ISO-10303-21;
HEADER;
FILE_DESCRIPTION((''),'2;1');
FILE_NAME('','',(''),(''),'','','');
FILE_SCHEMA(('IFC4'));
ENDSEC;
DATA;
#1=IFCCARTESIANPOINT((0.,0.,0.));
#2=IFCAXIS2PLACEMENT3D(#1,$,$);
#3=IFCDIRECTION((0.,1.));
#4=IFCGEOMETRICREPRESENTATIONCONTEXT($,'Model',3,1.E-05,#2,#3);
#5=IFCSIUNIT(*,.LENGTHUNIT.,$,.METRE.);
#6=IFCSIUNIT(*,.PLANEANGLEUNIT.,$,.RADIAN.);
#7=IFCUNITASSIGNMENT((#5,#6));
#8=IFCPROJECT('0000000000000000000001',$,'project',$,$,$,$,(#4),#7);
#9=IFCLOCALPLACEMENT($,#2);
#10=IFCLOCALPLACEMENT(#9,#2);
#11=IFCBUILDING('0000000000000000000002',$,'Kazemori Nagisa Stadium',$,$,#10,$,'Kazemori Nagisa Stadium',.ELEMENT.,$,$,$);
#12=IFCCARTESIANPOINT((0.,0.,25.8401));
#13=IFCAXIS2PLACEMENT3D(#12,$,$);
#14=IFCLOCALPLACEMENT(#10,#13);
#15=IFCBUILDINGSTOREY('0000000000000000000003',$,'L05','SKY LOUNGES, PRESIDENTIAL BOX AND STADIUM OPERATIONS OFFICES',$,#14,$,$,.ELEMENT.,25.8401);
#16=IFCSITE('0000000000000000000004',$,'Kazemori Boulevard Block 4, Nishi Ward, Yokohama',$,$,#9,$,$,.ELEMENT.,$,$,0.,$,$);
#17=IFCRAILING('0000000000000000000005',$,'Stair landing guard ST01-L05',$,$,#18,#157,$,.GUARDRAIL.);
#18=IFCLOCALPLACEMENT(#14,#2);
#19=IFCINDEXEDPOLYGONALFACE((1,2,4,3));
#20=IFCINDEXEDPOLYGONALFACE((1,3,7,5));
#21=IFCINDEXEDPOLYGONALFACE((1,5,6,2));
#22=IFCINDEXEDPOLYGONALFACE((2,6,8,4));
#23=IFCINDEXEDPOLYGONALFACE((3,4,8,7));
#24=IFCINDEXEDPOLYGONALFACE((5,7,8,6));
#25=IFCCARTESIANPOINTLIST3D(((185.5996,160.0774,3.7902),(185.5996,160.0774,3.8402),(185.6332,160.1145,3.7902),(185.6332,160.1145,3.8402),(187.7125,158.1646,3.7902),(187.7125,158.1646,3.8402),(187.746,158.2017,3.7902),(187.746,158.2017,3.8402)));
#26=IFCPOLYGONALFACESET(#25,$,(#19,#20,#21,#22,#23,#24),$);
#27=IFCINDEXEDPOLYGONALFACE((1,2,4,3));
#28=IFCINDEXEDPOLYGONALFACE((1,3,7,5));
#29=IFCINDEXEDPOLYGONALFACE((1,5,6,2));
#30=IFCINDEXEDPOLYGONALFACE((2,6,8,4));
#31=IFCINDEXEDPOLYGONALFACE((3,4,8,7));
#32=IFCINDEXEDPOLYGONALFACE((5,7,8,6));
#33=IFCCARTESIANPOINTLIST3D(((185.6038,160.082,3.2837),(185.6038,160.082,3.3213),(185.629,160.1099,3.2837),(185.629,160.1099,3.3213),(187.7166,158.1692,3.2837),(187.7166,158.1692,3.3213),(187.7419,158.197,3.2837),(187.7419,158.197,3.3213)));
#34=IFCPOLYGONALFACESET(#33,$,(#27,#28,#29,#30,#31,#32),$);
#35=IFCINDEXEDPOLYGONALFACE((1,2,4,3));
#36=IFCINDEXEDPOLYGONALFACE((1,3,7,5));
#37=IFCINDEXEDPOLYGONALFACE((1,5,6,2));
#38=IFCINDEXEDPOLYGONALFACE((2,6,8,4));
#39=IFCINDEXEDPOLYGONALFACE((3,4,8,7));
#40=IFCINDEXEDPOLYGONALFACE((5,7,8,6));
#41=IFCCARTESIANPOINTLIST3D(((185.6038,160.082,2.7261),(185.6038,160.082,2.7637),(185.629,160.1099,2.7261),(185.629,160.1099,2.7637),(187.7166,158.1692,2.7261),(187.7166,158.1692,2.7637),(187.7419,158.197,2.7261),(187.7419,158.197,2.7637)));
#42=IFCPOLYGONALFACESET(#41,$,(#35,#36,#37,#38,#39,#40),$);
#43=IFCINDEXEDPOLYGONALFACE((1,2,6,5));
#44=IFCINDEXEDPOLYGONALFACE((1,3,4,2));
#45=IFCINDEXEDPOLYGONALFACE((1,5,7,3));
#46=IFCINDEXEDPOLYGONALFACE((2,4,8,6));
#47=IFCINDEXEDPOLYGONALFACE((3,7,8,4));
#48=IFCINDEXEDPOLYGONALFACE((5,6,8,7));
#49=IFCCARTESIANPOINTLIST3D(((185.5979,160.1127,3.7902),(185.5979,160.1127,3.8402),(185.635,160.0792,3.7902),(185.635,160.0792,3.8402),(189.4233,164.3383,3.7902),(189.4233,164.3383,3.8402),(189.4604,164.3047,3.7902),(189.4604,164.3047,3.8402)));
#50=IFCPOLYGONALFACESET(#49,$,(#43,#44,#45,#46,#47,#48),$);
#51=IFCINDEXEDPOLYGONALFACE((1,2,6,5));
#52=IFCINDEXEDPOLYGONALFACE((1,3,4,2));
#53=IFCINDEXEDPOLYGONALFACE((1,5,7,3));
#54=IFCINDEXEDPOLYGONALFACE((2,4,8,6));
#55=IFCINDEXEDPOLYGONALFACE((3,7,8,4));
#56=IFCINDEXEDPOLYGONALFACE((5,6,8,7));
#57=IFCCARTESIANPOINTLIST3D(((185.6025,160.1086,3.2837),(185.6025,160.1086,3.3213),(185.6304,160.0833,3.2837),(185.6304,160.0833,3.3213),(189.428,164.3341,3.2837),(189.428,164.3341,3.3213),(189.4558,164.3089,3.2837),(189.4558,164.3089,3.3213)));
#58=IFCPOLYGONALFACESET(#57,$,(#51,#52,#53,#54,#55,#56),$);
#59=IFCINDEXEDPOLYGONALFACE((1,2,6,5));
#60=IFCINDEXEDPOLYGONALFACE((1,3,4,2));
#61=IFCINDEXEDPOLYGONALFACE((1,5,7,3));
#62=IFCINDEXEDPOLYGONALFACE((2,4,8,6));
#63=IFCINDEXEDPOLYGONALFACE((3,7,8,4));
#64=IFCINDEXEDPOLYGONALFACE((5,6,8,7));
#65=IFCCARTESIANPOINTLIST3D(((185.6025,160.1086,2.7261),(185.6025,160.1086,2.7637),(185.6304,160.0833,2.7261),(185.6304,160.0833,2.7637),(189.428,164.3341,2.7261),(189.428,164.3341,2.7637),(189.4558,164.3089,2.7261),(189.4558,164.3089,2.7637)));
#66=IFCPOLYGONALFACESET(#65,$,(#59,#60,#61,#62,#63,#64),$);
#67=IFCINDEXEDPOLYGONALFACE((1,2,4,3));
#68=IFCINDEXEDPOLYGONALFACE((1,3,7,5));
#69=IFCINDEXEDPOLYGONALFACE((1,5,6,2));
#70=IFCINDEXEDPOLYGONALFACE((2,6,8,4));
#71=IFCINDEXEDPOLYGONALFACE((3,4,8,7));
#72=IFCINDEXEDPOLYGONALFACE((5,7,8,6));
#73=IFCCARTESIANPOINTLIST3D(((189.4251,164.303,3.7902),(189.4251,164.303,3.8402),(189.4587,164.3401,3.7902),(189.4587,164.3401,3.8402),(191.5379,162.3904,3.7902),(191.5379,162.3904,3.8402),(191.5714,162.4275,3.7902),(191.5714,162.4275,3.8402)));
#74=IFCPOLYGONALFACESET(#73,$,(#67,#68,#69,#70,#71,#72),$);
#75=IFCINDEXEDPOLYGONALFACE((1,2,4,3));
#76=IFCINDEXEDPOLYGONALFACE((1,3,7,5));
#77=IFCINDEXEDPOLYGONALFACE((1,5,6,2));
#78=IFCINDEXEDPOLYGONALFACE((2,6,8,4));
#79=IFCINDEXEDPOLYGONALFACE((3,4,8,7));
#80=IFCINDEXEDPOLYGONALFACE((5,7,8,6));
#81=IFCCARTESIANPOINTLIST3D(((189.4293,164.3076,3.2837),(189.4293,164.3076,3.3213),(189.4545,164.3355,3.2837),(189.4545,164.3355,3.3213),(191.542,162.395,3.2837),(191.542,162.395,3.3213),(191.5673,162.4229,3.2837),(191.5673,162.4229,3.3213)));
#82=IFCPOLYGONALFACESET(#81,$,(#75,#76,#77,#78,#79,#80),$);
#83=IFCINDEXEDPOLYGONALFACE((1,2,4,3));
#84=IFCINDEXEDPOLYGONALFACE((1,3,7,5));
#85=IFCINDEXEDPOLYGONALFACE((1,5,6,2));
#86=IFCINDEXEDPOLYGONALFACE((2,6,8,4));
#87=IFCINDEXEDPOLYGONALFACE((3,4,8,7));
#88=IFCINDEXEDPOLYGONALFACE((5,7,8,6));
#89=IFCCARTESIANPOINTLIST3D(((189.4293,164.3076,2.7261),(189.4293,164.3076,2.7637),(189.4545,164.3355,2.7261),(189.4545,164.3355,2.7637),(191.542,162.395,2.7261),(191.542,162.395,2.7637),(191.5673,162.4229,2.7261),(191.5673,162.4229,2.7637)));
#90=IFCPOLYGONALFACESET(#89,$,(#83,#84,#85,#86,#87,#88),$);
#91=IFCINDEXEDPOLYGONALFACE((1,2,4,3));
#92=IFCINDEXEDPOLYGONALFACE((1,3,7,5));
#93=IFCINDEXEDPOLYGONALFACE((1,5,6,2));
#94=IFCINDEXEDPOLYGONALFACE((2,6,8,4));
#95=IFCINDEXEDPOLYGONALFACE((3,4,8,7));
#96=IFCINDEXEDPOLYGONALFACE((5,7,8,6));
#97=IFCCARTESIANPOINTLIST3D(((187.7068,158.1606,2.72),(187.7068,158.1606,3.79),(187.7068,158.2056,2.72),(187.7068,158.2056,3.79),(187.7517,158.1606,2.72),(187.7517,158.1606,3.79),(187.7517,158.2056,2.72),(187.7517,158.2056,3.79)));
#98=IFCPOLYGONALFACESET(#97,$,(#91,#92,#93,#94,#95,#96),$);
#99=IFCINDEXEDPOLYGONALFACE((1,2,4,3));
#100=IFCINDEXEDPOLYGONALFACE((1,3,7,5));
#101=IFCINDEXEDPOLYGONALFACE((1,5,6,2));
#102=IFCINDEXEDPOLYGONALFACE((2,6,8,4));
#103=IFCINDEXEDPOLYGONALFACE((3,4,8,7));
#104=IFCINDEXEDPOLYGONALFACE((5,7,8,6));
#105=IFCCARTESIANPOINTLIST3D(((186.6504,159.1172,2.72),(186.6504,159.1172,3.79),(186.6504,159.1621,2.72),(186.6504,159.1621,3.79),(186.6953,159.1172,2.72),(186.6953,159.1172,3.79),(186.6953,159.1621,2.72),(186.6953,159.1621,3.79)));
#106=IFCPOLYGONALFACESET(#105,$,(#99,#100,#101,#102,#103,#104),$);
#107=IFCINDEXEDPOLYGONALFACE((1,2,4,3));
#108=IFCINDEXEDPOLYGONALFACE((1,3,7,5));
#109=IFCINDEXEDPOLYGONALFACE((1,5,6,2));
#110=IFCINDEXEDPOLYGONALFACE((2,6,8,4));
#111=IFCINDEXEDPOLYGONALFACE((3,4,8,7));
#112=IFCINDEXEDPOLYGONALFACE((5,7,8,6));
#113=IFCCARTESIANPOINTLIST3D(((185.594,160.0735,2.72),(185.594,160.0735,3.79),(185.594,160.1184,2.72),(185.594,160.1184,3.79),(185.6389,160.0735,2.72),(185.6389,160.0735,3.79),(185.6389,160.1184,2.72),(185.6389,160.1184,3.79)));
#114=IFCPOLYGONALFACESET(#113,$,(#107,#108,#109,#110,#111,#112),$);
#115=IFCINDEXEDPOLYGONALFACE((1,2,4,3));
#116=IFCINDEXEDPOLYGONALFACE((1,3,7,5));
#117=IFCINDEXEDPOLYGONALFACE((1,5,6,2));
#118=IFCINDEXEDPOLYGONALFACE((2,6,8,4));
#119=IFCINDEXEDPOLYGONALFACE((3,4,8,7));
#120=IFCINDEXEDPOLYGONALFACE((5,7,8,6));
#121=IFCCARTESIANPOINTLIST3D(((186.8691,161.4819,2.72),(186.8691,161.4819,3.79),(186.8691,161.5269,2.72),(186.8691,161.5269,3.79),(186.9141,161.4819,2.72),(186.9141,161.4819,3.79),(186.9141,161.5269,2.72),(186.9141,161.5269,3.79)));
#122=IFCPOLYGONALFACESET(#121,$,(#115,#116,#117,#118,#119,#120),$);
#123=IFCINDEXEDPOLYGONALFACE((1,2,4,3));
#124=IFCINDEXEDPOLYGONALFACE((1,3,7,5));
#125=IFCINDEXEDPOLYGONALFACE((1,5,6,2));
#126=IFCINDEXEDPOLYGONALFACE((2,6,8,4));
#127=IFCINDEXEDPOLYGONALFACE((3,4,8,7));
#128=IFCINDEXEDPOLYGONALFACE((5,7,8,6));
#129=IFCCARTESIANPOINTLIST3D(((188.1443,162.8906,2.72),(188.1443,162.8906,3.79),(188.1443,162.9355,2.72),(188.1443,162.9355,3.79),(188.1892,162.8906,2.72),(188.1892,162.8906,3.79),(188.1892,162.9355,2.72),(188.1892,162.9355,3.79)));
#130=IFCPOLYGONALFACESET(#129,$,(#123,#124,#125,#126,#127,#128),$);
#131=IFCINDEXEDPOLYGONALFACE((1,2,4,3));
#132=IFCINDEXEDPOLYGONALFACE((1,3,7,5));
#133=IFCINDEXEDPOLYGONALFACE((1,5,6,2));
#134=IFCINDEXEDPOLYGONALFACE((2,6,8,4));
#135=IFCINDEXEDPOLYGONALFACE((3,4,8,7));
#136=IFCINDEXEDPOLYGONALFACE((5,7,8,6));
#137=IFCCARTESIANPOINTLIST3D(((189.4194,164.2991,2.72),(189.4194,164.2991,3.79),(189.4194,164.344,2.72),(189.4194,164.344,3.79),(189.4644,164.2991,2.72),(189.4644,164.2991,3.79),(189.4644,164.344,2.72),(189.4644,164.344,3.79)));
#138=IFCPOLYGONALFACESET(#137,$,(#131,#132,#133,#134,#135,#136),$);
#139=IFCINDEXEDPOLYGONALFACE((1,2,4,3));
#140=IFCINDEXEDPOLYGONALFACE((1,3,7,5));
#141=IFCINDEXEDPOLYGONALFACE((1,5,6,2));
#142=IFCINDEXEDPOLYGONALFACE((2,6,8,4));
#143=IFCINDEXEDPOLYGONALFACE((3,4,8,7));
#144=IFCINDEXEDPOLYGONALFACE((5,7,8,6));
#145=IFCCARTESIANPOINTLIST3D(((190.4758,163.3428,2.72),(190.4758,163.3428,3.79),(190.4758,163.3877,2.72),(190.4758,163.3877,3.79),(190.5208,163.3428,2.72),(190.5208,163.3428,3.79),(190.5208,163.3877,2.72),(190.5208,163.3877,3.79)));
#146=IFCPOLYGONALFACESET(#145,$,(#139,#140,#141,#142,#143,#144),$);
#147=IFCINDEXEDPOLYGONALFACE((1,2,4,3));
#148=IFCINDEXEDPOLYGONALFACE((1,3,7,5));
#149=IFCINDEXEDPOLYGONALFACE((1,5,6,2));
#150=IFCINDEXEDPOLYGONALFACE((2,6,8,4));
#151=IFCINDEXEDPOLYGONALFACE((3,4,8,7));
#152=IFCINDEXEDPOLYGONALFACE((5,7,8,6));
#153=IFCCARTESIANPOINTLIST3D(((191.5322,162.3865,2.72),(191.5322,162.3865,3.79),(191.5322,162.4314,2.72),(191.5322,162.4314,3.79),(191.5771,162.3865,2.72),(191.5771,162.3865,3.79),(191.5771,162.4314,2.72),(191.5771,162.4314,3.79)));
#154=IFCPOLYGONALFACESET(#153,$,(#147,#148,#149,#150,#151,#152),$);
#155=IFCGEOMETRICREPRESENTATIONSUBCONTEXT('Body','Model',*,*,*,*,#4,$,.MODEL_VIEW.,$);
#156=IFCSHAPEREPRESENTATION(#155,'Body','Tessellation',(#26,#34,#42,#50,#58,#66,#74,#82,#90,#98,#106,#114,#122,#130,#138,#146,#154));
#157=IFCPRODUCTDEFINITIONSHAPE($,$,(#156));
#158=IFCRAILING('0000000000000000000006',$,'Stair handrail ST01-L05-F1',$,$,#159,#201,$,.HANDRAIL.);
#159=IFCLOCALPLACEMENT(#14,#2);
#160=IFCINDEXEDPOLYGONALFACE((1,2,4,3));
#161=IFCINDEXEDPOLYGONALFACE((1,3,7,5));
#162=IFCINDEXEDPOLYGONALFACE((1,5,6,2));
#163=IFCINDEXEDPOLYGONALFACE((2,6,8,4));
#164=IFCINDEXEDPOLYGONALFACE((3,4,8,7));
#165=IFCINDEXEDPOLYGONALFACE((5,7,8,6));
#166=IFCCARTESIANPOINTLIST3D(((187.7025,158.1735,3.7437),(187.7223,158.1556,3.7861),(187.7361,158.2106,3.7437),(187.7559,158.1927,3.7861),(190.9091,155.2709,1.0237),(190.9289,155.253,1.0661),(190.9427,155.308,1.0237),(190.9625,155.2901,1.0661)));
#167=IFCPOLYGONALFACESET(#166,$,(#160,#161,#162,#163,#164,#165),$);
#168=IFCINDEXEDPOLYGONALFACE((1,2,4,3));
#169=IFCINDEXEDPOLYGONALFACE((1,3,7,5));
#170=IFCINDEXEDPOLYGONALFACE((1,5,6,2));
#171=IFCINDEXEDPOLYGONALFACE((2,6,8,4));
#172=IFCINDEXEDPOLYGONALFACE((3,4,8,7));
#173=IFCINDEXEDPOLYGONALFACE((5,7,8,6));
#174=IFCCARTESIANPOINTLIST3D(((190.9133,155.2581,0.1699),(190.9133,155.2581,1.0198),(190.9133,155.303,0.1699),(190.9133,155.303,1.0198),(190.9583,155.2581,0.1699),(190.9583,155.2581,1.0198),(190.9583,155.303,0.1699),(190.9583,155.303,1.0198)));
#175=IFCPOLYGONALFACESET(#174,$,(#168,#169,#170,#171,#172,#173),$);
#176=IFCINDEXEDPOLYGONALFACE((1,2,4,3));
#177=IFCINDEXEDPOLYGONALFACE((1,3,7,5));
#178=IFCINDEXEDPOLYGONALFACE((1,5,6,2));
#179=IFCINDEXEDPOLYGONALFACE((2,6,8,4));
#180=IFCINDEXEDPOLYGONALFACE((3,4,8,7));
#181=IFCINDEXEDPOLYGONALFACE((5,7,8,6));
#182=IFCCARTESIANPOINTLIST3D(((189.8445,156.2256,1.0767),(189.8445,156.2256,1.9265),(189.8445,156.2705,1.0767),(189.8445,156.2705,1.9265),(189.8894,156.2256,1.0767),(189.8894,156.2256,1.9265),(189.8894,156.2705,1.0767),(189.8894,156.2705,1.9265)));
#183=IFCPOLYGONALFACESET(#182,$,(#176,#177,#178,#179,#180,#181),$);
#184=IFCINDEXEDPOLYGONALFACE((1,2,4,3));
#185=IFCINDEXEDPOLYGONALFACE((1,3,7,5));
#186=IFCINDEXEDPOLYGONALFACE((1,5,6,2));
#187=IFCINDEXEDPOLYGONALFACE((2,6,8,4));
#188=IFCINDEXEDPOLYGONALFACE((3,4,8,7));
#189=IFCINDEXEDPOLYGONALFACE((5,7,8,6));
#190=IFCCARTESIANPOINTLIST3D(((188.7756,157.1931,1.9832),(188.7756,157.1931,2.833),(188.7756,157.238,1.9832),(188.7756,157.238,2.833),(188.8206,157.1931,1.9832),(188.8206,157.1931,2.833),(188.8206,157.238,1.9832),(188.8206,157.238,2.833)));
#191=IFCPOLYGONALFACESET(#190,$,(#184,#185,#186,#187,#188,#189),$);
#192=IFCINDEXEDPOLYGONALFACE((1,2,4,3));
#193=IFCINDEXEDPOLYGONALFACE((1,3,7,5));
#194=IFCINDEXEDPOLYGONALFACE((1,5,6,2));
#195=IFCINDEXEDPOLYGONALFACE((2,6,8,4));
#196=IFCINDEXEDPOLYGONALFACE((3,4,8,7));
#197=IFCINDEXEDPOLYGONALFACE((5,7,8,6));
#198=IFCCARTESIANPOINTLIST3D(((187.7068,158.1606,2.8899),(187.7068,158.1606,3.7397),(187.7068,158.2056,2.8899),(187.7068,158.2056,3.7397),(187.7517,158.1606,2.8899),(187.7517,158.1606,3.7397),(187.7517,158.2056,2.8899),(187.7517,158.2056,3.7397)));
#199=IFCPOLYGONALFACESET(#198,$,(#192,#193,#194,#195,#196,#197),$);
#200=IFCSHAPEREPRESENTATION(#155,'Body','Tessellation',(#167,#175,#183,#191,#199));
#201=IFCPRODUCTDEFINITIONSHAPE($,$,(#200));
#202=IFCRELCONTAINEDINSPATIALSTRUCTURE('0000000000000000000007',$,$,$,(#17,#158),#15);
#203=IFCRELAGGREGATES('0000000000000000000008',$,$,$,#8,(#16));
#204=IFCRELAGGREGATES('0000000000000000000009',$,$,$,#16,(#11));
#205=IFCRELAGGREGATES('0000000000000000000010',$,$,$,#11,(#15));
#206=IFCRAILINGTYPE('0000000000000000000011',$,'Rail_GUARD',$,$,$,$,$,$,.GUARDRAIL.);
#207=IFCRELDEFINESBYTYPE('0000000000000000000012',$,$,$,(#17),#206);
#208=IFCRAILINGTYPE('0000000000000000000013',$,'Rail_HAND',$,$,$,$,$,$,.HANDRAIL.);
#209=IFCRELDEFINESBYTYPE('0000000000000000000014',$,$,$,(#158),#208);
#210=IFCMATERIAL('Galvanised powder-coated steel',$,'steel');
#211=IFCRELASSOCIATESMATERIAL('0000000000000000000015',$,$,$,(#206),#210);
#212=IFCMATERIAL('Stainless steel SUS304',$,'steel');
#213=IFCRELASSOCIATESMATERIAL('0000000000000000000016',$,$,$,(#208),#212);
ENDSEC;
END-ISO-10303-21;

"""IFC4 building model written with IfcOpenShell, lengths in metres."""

from ifc_helpers import new_model, si_unit, direction, frame, origin, origin_2d, place, context, subcontext, project, spatial, rectangle, extrude, material, type_object, element, save


model = new_model("IFC4")

# Units and contexts
model_context = context("Model", 3, precision=1e-05, world=origin(), true_north=direction((0.0, 1.0)))
body_context = subcontext(model_context, "Body", "Model", "MODEL_VIEW")
ifc_project = project(units=[si_unit("LENGTHUNIT", "METRE"), si_unit("PLANEANGLEUNIT", "RADIAN")], contexts=[model_context])

# Site, building, storey
site_placement = place(None, origin())
site = spatial("IfcSite", under=ifc_project, at=site_placement, Name="Kazemori Boulevard Block 4, Nishi Ward, Yokohama", CompositionType="ELEMENT", RefElevation=0.0)
building_placement = place(site_placement, origin())
building = spatial("IfcBuilding", under=site, at=building_placement, Name="Kazemori Nagisa Stadium", LongName="Kazemori Nagisa Stadium", CompositionType="ELEMENT")
storey_placement = place(building_placement, frame((0.0, 0.0, 25.8401)))
storey = spatial("IfcBuildingStorey", under=building, at=storey_placement, Name="L05", Description="SKY LOUNGES, PRESIDENTIAL BOX AND STADIUM OPERATIONS OFFICES", CompositionType="ELEMENT", Elevation=25.8401)

# Shared definitions
ifc_material_1 = material(Name="Stainless steel SUS304", Category="steel")

# Railings
ifc_material_2 = material(Name="Galvanised powder-coated steel", Category="steel")
railing_type_1 = type_object("IfcRailingType", Name="Rail_GUARD", PredefinedType="GUARDRAIL", material=ifc_material_2)
railing_1_placement = place(storey_placement, frame((187.7292, 158.1831, 2.72)))
element("IfcRailing", 1, at=railing_1_placement, inside=storey, type_object=railing_type_1, Name="Stair landing guard ST01-L05", PredefinedType="GUARDRAIL", context=body_context, shape_type="SweptSolid", body=[
    extrude(rectangle(XDim=0.05, YDim=0.05, at=origin_2d()), frame((0.0, 0.0, 1.0952), z_axis=(-0.741315, 0.671158, 0.0), x_axis=(-0.671158, -0.741315, 0.0)), (0.0, 0.0, 1.0), 2.8501),
    extrude(rectangle(XDim=0.0376, YDim=0.0376, at=origin_2d()), frame((0.0, 0.0, 0.5825), z_axis=(-0.741315, 0.671158, 0.0), x_axis=(-0.671158, -0.741315, 0.0)), (0.0, 0.0, 1.0), 2.8501),
    extrude(rectangle(XDim=0.0376, YDim=0.0376, at=origin_2d()), frame((0.0, 0.0, 0.0249), z_axis=(-0.741315, 0.671158, 0.0), x_axis=(-0.671158, -0.741315, 0.0)), (0.0, 0.0, 1.0), 2.8501),
    extrude(rectangle(XDim=0.05, YDim=0.05, at=origin_2d()), frame((-2.1128, 1.9128, 1.0952), z_axis=(0.671134, 0.741336, 0.0), x_axis=(-0.741336, 0.671134, 0.0)), (0.0, 0.0, 1.0), 5.7),
    extrude(rectangle(XDim=0.0376, YDim=0.0376, at=origin_2d()), frame((-2.1128, 1.9128, 0.5825), z_axis=(0.671134, 0.741336, 0.0), x_axis=(-0.741336, 0.671134, 0.0)), (0.0, 0.0, 1.0), 5.7),
    extrude(rectangle(XDim=0.0376, YDim=0.0376, at=origin_2d()), frame((-2.1128, 1.9128, 0.0249), z_axis=(0.671134, 0.741336, 0.0), x_axis=(-0.741336, 0.671134, 0.0)), (0.0, 0.0, 1.0), 5.7),
    extrude(rectangle(XDim=0.05, YDim=0.05, at=origin_2d()), frame((1.7126, 6.1384, 1.0952), z_axis=(0.741357, -0.671111, 0.0), x_axis=(0.671111, 0.741357, 0.0)), (0.0, 0.0, 1.0), 2.8499),
    extrude(rectangle(XDim=0.0376, YDim=0.0376, at=origin_2d()), frame((1.7126, 6.1384, 0.5825), z_axis=(0.741357, -0.671111, 0.0), x_axis=(0.671111, 0.741357, 0.0)), (0.0, 0.0, 1.0), 2.8499),
    extrude(rectangle(XDim=0.0376, YDim=0.0376, at=origin_2d()), frame((1.7126, 6.1384, 0.0249), z_axis=(0.741357, -0.671111, 0.0), x_axis=(0.671111, 0.741357, 0.0)), (0.0, 0.0, 1.0), 2.8499),
    extrude(rectangle(XDim=0.0449, YDim=0.0449, at=origin_2d()), origin(), (0.0, 0.0, 1.0), 1.0701),
    extrude(rectangle(XDim=0.0449, YDim=0.0449, at=origin_2d()), frame((-1.0564, 0.9565, 0.0)), (0.0, 0.0, 1.0), 1.0701),
    extrude(rectangle(XDim=0.0449, YDim=0.0449, at=origin_2d()), frame((-2.1128, 1.9128, 0.0)), (0.0, 0.0, 1.0), 1.0701),
    extrude(rectangle(XDim=0.0449, YDim=0.0449, at=origin_2d()), frame((-0.8376, 3.3213, 0.0)), (0.0, 0.0, 1.0), 1.0701),
    extrude(rectangle(XDim=0.0449, YDim=0.0449, at=origin_2d()), frame((0.4375, 4.73, 0.0)), (0.0, 0.0, 1.0), 1.0701),
    extrude(rectangle(XDim=0.0449, YDim=0.0449, at=origin_2d()), frame((1.7126, 6.1384, 0.0)), (0.0, 0.0, 1.0), 1.0701),
    extrude(rectangle(XDim=0.0449, YDim=0.0449, at=origin_2d()), frame((2.769, 5.1821, 0.0)), (0.0, 0.0, 1.0), 1.0701),
    extrude(rectangle(XDim=0.0449, YDim=0.0449, at=origin_2d()), frame((3.8254, 4.2258, 0.0)), (0.0, 0.0, 1.0), 1.0701),
])
railing_type_2 = type_object("IfcRailingType", Name="Rail_HAND", PredefinedType="HANDRAIL", material=ifc_material_1)
railing_2_placement = place(storey_placement, frame((190.9358, 155.2805, 0.1699)))
element("IfcRailing", 2, at=railing_2_placement, inside=storey, type_object=railing_type_2, Name="Stair handrail ST01-L05-F1", PredefinedType="HANDRAIL", context=body_context, shape_type="SweptSolid", body=[
    extrude(rectangle(XDim=0.05, YDim=0.05, at=origin_2d()), frame((0.0, 0.0, 0.875), z_axis=(-0.627587, 0.568096, 0.532354), x_axis=(-0.671095, -0.741371, 0.0)), (0.0, 0.0, 1.0), 5.1094),
    extrude(rectangle(XDim=0.0449, YDim=0.0449, at=origin_2d()), origin(), (0.0, 0.0, 1.0), 0.8499),
    extrude(rectangle(XDim=0.0449, YDim=0.0449, at=origin_2d()), frame((-1.0688, 0.9675, 0.9067)), (0.0, 0.0, 1.0), 0.8499),
    extrude(rectangle(XDim=0.0449, YDim=0.0449, at=origin_2d()), frame((-2.1377, 1.9351, 1.8132)), (0.0, 0.0, 1.0), 0.8499),
    extrude(rectangle(XDim=0.0449, YDim=0.0449, at=origin_2d()), frame((-3.2065, 2.9026, 2.72)), (0.0, 0.0, 1.0), 0.8499),
])

save(model, "model.ifc")
